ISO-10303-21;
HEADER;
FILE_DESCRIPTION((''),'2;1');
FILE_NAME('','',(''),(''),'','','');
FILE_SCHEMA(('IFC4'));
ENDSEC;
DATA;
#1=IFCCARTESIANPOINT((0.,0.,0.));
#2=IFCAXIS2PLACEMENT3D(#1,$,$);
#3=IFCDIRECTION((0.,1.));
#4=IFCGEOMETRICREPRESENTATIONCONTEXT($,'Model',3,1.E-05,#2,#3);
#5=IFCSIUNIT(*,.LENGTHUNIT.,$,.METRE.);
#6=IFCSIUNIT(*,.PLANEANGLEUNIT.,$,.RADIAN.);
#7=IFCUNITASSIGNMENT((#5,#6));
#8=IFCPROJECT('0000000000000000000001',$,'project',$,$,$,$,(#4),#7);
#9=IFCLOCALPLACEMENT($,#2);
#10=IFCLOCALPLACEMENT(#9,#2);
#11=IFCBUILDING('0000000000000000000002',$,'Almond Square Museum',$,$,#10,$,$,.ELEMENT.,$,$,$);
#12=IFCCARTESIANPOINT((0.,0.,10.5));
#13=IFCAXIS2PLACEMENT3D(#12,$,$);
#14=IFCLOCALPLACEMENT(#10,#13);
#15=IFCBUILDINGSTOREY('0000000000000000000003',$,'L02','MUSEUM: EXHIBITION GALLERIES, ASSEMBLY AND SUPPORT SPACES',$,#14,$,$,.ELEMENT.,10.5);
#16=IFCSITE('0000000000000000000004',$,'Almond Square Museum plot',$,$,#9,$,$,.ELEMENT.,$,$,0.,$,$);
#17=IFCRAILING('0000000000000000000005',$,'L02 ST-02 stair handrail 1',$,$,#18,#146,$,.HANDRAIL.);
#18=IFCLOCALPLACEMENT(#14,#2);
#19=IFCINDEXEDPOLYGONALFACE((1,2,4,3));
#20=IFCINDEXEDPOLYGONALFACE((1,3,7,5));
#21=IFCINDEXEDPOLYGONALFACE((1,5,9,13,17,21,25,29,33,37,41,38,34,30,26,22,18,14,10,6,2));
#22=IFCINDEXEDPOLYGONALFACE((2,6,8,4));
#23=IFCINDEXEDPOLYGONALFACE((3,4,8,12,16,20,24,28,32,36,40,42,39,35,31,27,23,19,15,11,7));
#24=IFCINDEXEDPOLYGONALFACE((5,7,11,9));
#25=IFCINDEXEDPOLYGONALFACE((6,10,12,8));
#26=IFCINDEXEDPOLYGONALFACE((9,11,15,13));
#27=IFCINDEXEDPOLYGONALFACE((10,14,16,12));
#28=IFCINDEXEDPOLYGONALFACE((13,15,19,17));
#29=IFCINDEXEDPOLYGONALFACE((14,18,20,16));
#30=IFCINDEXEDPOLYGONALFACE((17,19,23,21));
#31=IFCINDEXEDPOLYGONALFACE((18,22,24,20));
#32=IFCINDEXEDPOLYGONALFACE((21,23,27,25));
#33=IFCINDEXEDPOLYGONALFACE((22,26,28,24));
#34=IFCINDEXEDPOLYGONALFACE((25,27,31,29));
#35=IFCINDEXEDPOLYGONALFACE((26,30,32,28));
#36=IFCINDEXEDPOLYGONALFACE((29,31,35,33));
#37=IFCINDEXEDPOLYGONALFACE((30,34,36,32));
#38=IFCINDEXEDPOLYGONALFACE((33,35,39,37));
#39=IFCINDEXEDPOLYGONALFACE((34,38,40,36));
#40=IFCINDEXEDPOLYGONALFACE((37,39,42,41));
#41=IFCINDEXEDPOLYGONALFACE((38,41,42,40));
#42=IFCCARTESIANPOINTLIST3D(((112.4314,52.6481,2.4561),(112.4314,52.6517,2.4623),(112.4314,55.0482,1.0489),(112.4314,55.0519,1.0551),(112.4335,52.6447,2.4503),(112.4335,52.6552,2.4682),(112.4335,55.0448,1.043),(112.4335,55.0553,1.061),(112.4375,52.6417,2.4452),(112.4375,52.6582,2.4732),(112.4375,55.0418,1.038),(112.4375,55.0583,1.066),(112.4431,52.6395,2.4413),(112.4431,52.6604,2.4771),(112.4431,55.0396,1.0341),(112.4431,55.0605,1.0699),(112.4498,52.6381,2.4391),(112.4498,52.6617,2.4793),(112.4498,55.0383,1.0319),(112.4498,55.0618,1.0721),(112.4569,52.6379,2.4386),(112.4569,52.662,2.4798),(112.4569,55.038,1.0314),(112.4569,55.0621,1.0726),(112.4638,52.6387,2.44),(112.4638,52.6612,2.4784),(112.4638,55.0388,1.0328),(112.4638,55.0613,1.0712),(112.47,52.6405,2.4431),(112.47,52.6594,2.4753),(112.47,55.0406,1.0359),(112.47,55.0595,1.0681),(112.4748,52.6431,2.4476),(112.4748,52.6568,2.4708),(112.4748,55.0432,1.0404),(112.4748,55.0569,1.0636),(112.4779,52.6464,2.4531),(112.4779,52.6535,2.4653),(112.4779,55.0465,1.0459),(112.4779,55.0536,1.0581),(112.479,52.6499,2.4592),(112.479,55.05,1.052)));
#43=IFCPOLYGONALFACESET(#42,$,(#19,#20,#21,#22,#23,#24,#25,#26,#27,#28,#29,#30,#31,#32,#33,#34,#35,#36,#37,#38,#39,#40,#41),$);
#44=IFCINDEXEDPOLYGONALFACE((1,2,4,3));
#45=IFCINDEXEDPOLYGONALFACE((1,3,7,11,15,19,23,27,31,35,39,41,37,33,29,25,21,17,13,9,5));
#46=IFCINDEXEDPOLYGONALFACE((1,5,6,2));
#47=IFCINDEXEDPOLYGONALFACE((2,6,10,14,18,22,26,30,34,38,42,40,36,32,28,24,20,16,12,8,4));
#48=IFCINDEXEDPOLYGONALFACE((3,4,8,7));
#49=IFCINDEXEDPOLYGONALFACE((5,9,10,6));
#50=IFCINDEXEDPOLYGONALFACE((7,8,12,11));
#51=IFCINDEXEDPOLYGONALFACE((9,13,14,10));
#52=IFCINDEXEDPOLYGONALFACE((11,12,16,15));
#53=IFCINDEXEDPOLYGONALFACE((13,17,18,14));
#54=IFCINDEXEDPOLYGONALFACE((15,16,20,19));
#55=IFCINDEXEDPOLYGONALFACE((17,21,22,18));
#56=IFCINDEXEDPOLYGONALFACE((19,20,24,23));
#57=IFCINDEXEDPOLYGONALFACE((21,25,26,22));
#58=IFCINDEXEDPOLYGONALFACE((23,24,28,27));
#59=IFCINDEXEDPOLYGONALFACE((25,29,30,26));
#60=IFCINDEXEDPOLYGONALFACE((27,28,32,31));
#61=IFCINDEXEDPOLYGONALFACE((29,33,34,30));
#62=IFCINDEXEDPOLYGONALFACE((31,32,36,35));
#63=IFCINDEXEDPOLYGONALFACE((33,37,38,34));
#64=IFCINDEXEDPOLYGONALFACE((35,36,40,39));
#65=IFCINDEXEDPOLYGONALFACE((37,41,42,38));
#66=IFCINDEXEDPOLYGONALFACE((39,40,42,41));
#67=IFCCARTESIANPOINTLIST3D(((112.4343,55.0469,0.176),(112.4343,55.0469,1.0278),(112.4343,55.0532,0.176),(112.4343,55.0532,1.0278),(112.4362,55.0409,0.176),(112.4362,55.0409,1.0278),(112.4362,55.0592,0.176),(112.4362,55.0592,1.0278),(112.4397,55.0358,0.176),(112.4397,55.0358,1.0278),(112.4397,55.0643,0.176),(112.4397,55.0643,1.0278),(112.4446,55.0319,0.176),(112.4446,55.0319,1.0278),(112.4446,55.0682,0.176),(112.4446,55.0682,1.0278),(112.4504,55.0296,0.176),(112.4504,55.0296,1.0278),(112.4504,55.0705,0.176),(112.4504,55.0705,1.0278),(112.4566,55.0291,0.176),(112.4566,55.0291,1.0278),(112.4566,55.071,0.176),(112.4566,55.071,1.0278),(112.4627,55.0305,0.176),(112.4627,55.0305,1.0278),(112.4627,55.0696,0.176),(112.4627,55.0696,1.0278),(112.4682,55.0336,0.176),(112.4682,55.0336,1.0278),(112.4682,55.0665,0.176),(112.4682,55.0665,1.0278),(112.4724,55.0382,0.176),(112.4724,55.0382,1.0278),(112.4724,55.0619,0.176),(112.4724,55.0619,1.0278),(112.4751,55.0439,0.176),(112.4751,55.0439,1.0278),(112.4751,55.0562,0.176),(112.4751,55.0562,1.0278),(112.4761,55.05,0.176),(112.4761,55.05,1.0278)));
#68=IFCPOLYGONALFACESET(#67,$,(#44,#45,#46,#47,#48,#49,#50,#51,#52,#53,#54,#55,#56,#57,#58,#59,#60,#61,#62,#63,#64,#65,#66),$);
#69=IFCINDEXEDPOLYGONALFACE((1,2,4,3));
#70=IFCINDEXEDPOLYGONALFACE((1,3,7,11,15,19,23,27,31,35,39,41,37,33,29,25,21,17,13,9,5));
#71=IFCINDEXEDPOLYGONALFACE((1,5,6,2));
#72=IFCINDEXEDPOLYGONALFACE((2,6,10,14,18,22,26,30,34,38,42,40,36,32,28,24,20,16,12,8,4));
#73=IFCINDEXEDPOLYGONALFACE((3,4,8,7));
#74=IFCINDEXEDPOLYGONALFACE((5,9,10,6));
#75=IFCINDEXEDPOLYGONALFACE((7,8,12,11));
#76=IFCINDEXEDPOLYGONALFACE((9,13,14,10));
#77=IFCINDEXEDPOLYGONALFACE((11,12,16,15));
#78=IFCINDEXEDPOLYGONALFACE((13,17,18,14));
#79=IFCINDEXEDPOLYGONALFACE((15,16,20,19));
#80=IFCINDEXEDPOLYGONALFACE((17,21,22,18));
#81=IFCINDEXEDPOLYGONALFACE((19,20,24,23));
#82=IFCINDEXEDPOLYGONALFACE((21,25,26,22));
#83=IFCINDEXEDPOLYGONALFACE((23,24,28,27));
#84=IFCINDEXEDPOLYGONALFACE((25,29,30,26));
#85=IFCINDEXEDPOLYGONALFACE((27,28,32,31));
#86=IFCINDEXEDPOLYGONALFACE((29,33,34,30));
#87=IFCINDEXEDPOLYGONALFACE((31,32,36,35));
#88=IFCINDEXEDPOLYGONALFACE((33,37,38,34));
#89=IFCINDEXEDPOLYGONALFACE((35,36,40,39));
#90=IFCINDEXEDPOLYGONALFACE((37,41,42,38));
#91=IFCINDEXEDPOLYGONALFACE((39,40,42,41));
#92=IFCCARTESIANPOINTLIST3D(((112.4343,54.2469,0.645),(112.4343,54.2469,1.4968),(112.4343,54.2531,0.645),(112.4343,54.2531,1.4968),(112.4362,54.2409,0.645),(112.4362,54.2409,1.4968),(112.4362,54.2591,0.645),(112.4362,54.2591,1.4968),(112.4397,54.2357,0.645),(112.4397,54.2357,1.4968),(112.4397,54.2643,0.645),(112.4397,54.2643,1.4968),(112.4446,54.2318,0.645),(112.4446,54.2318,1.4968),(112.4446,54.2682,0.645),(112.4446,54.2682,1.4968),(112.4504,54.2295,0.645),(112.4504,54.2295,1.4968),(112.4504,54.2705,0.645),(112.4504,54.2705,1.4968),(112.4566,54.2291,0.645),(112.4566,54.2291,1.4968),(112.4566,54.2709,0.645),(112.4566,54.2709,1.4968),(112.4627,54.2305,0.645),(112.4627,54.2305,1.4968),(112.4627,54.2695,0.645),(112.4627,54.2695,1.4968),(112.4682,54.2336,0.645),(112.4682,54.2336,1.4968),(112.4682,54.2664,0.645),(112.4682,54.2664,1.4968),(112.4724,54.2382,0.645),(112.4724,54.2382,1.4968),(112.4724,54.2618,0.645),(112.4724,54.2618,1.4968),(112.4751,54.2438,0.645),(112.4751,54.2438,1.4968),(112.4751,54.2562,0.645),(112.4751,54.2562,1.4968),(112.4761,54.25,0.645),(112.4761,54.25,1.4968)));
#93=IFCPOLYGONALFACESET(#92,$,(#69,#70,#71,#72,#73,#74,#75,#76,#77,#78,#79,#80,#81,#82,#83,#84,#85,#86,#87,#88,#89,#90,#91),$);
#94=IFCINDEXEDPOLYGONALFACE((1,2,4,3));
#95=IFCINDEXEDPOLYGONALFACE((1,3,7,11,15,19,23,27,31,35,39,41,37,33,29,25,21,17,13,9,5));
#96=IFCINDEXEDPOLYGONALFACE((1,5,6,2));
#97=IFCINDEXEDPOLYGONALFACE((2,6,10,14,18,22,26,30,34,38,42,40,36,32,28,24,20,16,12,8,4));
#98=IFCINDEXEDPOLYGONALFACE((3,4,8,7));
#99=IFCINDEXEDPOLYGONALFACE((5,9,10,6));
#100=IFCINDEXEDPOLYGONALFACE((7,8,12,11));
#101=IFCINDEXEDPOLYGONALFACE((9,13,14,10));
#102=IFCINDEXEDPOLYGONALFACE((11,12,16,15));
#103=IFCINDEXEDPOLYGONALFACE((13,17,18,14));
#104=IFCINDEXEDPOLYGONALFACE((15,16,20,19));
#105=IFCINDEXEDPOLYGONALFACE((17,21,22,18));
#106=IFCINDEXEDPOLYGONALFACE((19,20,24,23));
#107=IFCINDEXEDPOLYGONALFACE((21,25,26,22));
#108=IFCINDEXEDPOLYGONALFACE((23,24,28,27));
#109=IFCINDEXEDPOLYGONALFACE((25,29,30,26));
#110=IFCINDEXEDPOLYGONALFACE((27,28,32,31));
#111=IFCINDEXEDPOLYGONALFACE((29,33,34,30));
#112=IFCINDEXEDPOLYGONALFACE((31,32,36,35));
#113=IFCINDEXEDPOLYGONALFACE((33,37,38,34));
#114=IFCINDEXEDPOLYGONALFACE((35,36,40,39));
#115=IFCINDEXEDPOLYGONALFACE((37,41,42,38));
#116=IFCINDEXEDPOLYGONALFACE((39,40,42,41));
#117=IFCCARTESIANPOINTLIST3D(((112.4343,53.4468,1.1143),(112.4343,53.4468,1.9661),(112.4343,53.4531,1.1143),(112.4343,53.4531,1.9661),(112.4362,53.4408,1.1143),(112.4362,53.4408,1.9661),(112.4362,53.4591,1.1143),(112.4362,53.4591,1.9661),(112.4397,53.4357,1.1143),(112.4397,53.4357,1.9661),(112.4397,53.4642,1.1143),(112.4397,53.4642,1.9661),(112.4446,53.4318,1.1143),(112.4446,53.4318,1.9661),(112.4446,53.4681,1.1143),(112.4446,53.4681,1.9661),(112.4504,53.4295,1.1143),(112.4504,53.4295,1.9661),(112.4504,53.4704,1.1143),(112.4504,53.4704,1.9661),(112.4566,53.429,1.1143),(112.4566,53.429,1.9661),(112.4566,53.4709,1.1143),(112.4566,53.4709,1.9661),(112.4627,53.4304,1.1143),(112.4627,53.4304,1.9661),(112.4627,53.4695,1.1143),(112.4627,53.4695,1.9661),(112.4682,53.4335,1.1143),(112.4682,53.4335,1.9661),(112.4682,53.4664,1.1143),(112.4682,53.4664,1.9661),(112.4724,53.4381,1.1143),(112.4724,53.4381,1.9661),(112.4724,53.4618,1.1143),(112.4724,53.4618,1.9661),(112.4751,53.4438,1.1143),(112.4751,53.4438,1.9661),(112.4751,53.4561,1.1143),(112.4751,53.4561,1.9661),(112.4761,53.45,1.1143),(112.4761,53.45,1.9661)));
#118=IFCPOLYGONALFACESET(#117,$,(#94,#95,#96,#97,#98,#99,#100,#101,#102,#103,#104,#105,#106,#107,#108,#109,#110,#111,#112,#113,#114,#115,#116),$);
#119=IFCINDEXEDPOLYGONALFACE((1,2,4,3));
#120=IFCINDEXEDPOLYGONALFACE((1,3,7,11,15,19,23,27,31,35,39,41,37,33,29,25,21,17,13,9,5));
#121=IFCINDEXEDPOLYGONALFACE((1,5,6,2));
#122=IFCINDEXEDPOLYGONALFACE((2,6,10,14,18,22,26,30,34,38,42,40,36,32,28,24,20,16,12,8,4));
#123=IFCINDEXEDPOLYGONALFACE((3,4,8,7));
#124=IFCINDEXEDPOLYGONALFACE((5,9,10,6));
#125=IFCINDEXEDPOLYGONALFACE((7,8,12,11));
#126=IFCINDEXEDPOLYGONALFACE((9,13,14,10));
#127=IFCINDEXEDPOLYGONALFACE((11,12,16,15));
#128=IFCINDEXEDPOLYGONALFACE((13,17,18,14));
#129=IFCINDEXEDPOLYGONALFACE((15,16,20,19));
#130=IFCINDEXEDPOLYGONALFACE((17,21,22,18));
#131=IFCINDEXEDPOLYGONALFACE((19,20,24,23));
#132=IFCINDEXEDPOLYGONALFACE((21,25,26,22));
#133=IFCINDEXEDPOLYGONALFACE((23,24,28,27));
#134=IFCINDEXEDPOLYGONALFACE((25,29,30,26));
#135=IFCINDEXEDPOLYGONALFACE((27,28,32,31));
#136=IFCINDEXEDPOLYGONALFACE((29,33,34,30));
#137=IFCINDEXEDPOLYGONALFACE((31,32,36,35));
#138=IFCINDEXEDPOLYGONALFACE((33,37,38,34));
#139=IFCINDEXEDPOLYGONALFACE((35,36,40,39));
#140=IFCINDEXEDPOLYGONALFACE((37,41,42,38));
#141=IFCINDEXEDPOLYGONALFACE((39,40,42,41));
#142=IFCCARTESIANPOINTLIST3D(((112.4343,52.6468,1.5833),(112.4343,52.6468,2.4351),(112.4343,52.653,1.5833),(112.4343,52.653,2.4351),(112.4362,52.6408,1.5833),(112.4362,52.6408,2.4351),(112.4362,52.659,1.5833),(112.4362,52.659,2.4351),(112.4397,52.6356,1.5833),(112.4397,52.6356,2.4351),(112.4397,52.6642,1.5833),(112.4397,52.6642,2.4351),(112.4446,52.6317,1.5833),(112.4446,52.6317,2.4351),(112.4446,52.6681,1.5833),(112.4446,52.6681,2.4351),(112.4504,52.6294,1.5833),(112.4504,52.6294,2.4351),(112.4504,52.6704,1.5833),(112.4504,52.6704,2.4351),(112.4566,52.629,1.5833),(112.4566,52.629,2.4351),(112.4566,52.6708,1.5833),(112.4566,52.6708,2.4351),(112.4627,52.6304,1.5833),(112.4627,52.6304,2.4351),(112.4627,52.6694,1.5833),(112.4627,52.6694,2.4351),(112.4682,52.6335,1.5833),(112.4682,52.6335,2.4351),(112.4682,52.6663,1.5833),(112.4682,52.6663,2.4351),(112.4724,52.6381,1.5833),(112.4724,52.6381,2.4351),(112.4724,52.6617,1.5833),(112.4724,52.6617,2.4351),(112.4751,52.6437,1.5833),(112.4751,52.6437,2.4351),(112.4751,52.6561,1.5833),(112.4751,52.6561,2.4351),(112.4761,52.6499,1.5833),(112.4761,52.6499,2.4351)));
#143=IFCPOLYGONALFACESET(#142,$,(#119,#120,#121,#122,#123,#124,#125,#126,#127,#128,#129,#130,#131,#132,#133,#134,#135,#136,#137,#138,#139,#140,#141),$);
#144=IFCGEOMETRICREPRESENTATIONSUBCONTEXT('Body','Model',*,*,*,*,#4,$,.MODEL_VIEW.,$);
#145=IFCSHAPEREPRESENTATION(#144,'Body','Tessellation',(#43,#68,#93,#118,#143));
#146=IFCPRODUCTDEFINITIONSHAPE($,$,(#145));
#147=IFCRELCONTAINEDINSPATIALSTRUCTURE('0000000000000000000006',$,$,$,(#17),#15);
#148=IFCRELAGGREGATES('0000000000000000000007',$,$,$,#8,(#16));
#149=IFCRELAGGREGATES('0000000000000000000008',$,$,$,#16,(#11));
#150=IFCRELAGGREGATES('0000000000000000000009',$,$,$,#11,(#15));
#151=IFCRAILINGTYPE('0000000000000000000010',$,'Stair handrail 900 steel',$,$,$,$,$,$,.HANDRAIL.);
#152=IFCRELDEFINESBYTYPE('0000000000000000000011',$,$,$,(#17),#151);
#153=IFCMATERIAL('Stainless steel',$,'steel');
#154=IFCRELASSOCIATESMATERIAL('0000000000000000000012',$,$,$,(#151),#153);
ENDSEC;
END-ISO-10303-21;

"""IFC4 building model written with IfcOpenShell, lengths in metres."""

from ifc_helpers import new_model, si_unit, direction, frame, origin, origin_2d, place, context, subcontext, project, spatial, circle, extrude, material, type_object, element, save


model = new_model("IFC4")

# Units and contexts
model_context = context("Model", 3, precision=1e-05, world=origin(), true_north=direction((0.0, 1.0)))
body_context = subcontext(model_context, "Body", "Model", "MODEL_VIEW")
ifc_project = project(units=[si_unit("LENGTHUNIT", "METRE"), si_unit("PLANEANGLEUNIT", "RADIAN")], contexts=[model_context])

# Site, building, storey
site_placement = place(None, origin())
site = spatial("IfcSite", under=ifc_project, at=site_placement, Name="Almond Square Museum plot", CompositionType="ELEMENT", RefElevation=0.0)
building_placement = place(site_placement, origin())
building = spatial("IfcBuilding", under=site, at=building_placement, Name="Almond Square Museum", CompositionType="ELEMENT")
storey_placement = place(building_placement, frame((0.0, 0.0, 10.5)))
storey = spatial("IfcBuildingStorey", under=building, at=storey_placement, Name="L02", Description="MUSEUM: EXHIBITION GALLERIES, ASSEMBLY AND SUPPORT SPACES", CompositionType="ELEMENT", Elevation=10.5)

# Railing
ifc_material_1 = material(Name="Stainless steel", Category="steel")
railing_type_1 = type_object("IfcRailingType", Name="Stair handrail 900 steel", PredefinedType="HANDRAIL", material=ifc_material_1)
railing_1_placement = place(storey_placement, frame((112.4551, 55.05, 0.176)))
element("IfcRailing", 1, at=railing_1_placement, inside=storey, type_object=railing_type_1, Name="L02 ST-02 stair handrail 1", PredefinedType="HANDRAIL", context=body_context, shape_type="SweptSolid", body=[
    extrude(circle(Radius=0.0239, at=origin_2d()), frame((0.0, 0.0, 0.876), z_axis=(0.0, -0.86266, 0.505785), x_axis=(1.0, 0.0, 0.0)), (0.0, 0.0, 1.0), 2.7822),
    extrude(circle(Radius=0.021, at=origin_2d()), origin(), (0.0, 0.0, 1.0), 0.8518),
    extrude(circle(Radius=0.021, at=origin_2d()), frame((0.0, -0.8, 0.469)), (0.0, 0.0, 1.0), 0.8518),
    extrude(circle(Radius=0.021, at=origin_2d()), frame((0.0, -1.6001, 0.9382)), (0.0, 0.0, 1.0), 0.8518),
    extrude(circle(Radius=0.021, at=origin_2d()), frame((0.0, -2.4001, 1.4072)), (0.0, 0.0, 1.0), 0.8518),
])

save(model, "model.ifc")
